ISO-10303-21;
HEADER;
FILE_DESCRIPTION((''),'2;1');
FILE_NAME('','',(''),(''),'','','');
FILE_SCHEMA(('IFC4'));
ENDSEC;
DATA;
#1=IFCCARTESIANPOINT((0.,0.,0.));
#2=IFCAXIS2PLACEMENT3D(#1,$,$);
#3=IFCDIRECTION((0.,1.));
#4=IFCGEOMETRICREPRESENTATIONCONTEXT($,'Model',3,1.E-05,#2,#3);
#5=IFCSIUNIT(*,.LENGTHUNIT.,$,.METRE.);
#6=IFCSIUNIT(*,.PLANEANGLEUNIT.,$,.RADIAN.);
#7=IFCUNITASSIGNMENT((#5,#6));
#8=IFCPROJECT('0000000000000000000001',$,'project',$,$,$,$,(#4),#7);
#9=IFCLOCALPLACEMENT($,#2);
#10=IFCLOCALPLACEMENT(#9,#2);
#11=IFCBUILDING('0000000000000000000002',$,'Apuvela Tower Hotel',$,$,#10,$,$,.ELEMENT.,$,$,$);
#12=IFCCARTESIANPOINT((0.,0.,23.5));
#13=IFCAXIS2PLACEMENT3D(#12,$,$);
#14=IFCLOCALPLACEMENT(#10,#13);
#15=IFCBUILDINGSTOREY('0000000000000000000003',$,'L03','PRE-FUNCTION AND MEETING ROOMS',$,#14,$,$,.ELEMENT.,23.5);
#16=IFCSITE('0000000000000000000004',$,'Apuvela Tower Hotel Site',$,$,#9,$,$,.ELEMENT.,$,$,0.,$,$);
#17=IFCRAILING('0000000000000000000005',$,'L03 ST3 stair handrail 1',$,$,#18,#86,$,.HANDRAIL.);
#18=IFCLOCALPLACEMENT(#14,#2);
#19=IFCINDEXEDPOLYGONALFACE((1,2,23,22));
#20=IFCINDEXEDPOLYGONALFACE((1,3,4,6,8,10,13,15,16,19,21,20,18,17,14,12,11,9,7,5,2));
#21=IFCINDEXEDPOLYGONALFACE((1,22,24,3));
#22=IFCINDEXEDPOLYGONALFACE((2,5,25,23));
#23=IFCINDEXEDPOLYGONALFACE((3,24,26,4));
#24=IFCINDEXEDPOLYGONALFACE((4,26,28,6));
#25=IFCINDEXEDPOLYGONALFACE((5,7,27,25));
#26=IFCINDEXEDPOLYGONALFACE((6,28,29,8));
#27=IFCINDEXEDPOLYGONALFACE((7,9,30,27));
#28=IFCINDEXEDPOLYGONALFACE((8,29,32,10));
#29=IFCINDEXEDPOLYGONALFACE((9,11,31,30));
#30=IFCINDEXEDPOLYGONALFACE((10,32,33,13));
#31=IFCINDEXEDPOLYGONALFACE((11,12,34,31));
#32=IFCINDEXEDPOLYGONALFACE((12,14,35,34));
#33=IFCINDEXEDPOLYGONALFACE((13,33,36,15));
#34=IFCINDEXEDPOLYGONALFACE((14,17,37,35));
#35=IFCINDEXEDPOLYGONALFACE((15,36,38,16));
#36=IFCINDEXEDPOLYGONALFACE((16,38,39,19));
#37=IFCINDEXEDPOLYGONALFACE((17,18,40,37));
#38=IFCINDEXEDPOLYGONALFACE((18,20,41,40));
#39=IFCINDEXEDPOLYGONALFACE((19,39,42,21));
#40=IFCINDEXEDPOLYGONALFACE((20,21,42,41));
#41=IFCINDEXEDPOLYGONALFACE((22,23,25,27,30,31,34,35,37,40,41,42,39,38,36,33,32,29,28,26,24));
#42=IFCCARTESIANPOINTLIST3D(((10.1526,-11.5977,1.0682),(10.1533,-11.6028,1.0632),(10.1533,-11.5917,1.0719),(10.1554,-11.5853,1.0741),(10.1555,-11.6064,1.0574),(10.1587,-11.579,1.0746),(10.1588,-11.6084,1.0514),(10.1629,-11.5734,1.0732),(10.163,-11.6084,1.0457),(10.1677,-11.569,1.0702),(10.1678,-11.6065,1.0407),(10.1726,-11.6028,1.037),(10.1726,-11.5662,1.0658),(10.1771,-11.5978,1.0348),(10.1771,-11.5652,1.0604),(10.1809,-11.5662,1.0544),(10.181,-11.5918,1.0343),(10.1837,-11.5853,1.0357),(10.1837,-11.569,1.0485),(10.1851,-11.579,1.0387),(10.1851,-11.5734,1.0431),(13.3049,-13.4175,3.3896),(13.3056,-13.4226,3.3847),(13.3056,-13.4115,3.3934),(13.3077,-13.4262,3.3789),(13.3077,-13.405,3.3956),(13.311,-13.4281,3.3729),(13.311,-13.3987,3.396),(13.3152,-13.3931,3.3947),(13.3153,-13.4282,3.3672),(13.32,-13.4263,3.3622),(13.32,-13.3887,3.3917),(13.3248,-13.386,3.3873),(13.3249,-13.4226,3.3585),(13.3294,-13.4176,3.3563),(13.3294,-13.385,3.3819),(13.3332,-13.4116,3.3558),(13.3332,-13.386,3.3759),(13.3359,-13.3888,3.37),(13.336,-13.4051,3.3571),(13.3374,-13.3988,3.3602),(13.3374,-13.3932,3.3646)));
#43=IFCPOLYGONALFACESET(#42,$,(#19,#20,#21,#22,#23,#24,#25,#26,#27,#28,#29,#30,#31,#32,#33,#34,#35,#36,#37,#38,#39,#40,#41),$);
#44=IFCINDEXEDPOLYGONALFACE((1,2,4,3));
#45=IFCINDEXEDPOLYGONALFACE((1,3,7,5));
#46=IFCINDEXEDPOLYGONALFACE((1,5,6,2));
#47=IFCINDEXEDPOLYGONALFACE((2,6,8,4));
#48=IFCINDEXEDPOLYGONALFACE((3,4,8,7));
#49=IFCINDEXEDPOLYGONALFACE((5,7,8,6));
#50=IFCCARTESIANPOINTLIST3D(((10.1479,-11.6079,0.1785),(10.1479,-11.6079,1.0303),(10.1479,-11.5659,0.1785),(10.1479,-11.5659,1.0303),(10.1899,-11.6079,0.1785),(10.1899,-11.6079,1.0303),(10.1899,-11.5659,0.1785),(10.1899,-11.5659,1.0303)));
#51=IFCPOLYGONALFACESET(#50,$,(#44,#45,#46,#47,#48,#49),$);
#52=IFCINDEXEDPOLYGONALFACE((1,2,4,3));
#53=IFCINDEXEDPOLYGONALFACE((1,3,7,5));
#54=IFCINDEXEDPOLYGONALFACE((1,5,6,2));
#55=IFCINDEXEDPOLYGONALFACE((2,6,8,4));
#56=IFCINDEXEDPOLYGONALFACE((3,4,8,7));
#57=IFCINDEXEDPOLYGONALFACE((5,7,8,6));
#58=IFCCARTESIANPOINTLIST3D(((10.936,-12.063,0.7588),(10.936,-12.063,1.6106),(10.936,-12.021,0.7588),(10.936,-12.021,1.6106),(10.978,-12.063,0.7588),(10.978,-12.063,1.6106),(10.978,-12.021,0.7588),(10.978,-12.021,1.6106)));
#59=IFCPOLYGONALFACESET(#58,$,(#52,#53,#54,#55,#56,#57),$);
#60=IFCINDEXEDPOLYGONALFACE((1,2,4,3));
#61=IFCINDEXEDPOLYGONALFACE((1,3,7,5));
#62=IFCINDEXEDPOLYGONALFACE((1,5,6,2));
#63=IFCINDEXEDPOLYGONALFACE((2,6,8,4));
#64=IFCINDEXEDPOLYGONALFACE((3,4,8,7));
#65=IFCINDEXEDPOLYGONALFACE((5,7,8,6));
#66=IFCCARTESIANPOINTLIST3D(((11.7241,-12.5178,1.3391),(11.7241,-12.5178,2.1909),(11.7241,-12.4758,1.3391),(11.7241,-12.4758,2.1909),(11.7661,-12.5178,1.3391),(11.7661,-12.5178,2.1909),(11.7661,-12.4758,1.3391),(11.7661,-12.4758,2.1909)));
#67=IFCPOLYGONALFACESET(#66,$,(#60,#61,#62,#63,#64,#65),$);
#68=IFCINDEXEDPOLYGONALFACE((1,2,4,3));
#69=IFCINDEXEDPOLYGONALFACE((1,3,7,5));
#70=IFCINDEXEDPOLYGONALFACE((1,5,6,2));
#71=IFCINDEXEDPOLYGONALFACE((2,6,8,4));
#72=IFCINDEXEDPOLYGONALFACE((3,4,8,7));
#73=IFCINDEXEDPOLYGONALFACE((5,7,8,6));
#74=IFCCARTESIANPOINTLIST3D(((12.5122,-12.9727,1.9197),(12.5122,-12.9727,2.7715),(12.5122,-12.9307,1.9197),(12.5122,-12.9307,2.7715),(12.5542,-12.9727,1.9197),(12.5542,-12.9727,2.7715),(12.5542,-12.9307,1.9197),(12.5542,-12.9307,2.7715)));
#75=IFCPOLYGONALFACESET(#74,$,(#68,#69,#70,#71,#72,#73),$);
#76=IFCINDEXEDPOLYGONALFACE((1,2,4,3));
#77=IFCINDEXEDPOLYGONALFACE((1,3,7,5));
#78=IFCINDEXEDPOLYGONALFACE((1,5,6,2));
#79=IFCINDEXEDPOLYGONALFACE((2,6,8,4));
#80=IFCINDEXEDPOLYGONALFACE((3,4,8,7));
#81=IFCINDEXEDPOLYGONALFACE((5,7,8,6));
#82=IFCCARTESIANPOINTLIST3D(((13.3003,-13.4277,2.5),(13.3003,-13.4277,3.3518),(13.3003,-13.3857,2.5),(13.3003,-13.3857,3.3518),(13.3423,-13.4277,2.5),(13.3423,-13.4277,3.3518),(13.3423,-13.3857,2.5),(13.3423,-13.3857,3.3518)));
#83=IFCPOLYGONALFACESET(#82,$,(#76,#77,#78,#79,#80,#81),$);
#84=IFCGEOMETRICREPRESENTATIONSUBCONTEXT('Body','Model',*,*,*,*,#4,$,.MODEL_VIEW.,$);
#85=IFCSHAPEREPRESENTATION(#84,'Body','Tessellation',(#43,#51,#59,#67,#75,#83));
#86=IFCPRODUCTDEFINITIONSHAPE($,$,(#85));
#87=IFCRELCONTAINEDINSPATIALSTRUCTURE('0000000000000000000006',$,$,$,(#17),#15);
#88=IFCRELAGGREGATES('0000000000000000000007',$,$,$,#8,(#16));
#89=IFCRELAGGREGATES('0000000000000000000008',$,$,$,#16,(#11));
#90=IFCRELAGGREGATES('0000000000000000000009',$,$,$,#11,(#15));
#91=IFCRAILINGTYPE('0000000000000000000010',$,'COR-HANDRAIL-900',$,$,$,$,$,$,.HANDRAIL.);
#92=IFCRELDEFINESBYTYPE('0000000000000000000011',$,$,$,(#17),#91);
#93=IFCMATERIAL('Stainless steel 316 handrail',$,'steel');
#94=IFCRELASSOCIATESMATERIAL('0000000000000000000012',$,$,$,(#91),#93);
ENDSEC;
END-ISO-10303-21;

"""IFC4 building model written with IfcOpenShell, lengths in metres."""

from ifc_helpers import new_model, si_unit, direction, frame, origin, origin_2d, place, context, subcontext, project, spatial, rectangle, circle, extrude, material, type_object, element, save


model = new_model("IFC4")

# Units and contexts
model_context = context("Model", 3, precision=1e-05, world=origin(), true_north=direction((0.0, 1.0)))
body_context = subcontext(model_context, "Body", "Model", "MODEL_VIEW")
ifc_project = project(units=[si_unit("LENGTHUNIT", "METRE"), si_unit("PLANEANGLEUNIT", "RADIAN")], contexts=[model_context])

# Site, building, storey
site_placement = place(None, origin())
site = spatial("IfcSite", under=ifc_project, at=site_placement, Name="Apuvela Tower Hotel Site", CompositionType="ELEMENT", RefElevation=0.0)
building_placement = place(site_placement, origin())
building = spatial("IfcBuilding", under=site, at=building_placement, Name="Apuvela Tower Hotel", CompositionType="ELEMENT")
storey_placement = place(building_placement, frame((0.0, 0.0, 23.5)))
storey = spatial("IfcBuildingStorey", under=building, at=storey_placement, Name="L03", Description="PRE-FUNCTION AND MEETING ROOMS", CompositionType="ELEMENT", Elevation=23.5)

# Railing
ifc_material_1 = material(Name="Stainless steel 316 handrail", Category="steel")
railing_type_1 = type_object("IfcRailingType", Name="COR-HANDRAIL-900", PredefinedType="HANDRAIL", material=ifc_material_1)
railing_1_placement = place(storey_placement, frame((10.1689, -11.5869, 0.1785)))
element("IfcRailing", 1, at=railing_1_placement, inside=storey, type_object=railing_type_1, Name="L03 ST3 stair handrail 1", PredefinedType="HANDRAIL", context=body_context, shape_type="SweptSolid", body=[
    extrude(circle(Radius=0.0239, at=origin_2d()), frame((0.0, 0.0, 0.876), z_axis=(0.730176, -0.421525, 0.537736), x_axis=(0.499962, 0.866047, 0.0)), (0.0, 0.0, 1.0), 4.3171),
    extrude(rectangle(XDim=0.042, YDim=0.042, at=origin_2d()), origin(), (0.0, 0.0, 1.0), 0.8518),
    extrude(rectangle(XDim=0.042, YDim=0.042, at=origin_2d()), frame((0.7881, -0.4551, 0.5803)), (0.0, 0.0, 1.0), 0.8518),
    extrude(rectangle(XDim=0.042, YDim=0.042, at=origin_2d()), frame((1.5762, -0.9099, 1.1606)), (0.0, 0.0, 1.0), 0.8518),
    extrude(rectangle(XDim=0.042, YDim=0.042, at=origin_2d()), frame((2.3643, -1.3647, 1.7412)), (0.0, 0.0, 1.0), 0.8518),
    extrude(rectangle(XDim=0.042, YDim=0.042, at=origin_2d()), frame((3.1523, -1.8198, 2.3215)), (0.0, 0.0, 1.0), 0.8518),
])

save(model, "model.ifc")
